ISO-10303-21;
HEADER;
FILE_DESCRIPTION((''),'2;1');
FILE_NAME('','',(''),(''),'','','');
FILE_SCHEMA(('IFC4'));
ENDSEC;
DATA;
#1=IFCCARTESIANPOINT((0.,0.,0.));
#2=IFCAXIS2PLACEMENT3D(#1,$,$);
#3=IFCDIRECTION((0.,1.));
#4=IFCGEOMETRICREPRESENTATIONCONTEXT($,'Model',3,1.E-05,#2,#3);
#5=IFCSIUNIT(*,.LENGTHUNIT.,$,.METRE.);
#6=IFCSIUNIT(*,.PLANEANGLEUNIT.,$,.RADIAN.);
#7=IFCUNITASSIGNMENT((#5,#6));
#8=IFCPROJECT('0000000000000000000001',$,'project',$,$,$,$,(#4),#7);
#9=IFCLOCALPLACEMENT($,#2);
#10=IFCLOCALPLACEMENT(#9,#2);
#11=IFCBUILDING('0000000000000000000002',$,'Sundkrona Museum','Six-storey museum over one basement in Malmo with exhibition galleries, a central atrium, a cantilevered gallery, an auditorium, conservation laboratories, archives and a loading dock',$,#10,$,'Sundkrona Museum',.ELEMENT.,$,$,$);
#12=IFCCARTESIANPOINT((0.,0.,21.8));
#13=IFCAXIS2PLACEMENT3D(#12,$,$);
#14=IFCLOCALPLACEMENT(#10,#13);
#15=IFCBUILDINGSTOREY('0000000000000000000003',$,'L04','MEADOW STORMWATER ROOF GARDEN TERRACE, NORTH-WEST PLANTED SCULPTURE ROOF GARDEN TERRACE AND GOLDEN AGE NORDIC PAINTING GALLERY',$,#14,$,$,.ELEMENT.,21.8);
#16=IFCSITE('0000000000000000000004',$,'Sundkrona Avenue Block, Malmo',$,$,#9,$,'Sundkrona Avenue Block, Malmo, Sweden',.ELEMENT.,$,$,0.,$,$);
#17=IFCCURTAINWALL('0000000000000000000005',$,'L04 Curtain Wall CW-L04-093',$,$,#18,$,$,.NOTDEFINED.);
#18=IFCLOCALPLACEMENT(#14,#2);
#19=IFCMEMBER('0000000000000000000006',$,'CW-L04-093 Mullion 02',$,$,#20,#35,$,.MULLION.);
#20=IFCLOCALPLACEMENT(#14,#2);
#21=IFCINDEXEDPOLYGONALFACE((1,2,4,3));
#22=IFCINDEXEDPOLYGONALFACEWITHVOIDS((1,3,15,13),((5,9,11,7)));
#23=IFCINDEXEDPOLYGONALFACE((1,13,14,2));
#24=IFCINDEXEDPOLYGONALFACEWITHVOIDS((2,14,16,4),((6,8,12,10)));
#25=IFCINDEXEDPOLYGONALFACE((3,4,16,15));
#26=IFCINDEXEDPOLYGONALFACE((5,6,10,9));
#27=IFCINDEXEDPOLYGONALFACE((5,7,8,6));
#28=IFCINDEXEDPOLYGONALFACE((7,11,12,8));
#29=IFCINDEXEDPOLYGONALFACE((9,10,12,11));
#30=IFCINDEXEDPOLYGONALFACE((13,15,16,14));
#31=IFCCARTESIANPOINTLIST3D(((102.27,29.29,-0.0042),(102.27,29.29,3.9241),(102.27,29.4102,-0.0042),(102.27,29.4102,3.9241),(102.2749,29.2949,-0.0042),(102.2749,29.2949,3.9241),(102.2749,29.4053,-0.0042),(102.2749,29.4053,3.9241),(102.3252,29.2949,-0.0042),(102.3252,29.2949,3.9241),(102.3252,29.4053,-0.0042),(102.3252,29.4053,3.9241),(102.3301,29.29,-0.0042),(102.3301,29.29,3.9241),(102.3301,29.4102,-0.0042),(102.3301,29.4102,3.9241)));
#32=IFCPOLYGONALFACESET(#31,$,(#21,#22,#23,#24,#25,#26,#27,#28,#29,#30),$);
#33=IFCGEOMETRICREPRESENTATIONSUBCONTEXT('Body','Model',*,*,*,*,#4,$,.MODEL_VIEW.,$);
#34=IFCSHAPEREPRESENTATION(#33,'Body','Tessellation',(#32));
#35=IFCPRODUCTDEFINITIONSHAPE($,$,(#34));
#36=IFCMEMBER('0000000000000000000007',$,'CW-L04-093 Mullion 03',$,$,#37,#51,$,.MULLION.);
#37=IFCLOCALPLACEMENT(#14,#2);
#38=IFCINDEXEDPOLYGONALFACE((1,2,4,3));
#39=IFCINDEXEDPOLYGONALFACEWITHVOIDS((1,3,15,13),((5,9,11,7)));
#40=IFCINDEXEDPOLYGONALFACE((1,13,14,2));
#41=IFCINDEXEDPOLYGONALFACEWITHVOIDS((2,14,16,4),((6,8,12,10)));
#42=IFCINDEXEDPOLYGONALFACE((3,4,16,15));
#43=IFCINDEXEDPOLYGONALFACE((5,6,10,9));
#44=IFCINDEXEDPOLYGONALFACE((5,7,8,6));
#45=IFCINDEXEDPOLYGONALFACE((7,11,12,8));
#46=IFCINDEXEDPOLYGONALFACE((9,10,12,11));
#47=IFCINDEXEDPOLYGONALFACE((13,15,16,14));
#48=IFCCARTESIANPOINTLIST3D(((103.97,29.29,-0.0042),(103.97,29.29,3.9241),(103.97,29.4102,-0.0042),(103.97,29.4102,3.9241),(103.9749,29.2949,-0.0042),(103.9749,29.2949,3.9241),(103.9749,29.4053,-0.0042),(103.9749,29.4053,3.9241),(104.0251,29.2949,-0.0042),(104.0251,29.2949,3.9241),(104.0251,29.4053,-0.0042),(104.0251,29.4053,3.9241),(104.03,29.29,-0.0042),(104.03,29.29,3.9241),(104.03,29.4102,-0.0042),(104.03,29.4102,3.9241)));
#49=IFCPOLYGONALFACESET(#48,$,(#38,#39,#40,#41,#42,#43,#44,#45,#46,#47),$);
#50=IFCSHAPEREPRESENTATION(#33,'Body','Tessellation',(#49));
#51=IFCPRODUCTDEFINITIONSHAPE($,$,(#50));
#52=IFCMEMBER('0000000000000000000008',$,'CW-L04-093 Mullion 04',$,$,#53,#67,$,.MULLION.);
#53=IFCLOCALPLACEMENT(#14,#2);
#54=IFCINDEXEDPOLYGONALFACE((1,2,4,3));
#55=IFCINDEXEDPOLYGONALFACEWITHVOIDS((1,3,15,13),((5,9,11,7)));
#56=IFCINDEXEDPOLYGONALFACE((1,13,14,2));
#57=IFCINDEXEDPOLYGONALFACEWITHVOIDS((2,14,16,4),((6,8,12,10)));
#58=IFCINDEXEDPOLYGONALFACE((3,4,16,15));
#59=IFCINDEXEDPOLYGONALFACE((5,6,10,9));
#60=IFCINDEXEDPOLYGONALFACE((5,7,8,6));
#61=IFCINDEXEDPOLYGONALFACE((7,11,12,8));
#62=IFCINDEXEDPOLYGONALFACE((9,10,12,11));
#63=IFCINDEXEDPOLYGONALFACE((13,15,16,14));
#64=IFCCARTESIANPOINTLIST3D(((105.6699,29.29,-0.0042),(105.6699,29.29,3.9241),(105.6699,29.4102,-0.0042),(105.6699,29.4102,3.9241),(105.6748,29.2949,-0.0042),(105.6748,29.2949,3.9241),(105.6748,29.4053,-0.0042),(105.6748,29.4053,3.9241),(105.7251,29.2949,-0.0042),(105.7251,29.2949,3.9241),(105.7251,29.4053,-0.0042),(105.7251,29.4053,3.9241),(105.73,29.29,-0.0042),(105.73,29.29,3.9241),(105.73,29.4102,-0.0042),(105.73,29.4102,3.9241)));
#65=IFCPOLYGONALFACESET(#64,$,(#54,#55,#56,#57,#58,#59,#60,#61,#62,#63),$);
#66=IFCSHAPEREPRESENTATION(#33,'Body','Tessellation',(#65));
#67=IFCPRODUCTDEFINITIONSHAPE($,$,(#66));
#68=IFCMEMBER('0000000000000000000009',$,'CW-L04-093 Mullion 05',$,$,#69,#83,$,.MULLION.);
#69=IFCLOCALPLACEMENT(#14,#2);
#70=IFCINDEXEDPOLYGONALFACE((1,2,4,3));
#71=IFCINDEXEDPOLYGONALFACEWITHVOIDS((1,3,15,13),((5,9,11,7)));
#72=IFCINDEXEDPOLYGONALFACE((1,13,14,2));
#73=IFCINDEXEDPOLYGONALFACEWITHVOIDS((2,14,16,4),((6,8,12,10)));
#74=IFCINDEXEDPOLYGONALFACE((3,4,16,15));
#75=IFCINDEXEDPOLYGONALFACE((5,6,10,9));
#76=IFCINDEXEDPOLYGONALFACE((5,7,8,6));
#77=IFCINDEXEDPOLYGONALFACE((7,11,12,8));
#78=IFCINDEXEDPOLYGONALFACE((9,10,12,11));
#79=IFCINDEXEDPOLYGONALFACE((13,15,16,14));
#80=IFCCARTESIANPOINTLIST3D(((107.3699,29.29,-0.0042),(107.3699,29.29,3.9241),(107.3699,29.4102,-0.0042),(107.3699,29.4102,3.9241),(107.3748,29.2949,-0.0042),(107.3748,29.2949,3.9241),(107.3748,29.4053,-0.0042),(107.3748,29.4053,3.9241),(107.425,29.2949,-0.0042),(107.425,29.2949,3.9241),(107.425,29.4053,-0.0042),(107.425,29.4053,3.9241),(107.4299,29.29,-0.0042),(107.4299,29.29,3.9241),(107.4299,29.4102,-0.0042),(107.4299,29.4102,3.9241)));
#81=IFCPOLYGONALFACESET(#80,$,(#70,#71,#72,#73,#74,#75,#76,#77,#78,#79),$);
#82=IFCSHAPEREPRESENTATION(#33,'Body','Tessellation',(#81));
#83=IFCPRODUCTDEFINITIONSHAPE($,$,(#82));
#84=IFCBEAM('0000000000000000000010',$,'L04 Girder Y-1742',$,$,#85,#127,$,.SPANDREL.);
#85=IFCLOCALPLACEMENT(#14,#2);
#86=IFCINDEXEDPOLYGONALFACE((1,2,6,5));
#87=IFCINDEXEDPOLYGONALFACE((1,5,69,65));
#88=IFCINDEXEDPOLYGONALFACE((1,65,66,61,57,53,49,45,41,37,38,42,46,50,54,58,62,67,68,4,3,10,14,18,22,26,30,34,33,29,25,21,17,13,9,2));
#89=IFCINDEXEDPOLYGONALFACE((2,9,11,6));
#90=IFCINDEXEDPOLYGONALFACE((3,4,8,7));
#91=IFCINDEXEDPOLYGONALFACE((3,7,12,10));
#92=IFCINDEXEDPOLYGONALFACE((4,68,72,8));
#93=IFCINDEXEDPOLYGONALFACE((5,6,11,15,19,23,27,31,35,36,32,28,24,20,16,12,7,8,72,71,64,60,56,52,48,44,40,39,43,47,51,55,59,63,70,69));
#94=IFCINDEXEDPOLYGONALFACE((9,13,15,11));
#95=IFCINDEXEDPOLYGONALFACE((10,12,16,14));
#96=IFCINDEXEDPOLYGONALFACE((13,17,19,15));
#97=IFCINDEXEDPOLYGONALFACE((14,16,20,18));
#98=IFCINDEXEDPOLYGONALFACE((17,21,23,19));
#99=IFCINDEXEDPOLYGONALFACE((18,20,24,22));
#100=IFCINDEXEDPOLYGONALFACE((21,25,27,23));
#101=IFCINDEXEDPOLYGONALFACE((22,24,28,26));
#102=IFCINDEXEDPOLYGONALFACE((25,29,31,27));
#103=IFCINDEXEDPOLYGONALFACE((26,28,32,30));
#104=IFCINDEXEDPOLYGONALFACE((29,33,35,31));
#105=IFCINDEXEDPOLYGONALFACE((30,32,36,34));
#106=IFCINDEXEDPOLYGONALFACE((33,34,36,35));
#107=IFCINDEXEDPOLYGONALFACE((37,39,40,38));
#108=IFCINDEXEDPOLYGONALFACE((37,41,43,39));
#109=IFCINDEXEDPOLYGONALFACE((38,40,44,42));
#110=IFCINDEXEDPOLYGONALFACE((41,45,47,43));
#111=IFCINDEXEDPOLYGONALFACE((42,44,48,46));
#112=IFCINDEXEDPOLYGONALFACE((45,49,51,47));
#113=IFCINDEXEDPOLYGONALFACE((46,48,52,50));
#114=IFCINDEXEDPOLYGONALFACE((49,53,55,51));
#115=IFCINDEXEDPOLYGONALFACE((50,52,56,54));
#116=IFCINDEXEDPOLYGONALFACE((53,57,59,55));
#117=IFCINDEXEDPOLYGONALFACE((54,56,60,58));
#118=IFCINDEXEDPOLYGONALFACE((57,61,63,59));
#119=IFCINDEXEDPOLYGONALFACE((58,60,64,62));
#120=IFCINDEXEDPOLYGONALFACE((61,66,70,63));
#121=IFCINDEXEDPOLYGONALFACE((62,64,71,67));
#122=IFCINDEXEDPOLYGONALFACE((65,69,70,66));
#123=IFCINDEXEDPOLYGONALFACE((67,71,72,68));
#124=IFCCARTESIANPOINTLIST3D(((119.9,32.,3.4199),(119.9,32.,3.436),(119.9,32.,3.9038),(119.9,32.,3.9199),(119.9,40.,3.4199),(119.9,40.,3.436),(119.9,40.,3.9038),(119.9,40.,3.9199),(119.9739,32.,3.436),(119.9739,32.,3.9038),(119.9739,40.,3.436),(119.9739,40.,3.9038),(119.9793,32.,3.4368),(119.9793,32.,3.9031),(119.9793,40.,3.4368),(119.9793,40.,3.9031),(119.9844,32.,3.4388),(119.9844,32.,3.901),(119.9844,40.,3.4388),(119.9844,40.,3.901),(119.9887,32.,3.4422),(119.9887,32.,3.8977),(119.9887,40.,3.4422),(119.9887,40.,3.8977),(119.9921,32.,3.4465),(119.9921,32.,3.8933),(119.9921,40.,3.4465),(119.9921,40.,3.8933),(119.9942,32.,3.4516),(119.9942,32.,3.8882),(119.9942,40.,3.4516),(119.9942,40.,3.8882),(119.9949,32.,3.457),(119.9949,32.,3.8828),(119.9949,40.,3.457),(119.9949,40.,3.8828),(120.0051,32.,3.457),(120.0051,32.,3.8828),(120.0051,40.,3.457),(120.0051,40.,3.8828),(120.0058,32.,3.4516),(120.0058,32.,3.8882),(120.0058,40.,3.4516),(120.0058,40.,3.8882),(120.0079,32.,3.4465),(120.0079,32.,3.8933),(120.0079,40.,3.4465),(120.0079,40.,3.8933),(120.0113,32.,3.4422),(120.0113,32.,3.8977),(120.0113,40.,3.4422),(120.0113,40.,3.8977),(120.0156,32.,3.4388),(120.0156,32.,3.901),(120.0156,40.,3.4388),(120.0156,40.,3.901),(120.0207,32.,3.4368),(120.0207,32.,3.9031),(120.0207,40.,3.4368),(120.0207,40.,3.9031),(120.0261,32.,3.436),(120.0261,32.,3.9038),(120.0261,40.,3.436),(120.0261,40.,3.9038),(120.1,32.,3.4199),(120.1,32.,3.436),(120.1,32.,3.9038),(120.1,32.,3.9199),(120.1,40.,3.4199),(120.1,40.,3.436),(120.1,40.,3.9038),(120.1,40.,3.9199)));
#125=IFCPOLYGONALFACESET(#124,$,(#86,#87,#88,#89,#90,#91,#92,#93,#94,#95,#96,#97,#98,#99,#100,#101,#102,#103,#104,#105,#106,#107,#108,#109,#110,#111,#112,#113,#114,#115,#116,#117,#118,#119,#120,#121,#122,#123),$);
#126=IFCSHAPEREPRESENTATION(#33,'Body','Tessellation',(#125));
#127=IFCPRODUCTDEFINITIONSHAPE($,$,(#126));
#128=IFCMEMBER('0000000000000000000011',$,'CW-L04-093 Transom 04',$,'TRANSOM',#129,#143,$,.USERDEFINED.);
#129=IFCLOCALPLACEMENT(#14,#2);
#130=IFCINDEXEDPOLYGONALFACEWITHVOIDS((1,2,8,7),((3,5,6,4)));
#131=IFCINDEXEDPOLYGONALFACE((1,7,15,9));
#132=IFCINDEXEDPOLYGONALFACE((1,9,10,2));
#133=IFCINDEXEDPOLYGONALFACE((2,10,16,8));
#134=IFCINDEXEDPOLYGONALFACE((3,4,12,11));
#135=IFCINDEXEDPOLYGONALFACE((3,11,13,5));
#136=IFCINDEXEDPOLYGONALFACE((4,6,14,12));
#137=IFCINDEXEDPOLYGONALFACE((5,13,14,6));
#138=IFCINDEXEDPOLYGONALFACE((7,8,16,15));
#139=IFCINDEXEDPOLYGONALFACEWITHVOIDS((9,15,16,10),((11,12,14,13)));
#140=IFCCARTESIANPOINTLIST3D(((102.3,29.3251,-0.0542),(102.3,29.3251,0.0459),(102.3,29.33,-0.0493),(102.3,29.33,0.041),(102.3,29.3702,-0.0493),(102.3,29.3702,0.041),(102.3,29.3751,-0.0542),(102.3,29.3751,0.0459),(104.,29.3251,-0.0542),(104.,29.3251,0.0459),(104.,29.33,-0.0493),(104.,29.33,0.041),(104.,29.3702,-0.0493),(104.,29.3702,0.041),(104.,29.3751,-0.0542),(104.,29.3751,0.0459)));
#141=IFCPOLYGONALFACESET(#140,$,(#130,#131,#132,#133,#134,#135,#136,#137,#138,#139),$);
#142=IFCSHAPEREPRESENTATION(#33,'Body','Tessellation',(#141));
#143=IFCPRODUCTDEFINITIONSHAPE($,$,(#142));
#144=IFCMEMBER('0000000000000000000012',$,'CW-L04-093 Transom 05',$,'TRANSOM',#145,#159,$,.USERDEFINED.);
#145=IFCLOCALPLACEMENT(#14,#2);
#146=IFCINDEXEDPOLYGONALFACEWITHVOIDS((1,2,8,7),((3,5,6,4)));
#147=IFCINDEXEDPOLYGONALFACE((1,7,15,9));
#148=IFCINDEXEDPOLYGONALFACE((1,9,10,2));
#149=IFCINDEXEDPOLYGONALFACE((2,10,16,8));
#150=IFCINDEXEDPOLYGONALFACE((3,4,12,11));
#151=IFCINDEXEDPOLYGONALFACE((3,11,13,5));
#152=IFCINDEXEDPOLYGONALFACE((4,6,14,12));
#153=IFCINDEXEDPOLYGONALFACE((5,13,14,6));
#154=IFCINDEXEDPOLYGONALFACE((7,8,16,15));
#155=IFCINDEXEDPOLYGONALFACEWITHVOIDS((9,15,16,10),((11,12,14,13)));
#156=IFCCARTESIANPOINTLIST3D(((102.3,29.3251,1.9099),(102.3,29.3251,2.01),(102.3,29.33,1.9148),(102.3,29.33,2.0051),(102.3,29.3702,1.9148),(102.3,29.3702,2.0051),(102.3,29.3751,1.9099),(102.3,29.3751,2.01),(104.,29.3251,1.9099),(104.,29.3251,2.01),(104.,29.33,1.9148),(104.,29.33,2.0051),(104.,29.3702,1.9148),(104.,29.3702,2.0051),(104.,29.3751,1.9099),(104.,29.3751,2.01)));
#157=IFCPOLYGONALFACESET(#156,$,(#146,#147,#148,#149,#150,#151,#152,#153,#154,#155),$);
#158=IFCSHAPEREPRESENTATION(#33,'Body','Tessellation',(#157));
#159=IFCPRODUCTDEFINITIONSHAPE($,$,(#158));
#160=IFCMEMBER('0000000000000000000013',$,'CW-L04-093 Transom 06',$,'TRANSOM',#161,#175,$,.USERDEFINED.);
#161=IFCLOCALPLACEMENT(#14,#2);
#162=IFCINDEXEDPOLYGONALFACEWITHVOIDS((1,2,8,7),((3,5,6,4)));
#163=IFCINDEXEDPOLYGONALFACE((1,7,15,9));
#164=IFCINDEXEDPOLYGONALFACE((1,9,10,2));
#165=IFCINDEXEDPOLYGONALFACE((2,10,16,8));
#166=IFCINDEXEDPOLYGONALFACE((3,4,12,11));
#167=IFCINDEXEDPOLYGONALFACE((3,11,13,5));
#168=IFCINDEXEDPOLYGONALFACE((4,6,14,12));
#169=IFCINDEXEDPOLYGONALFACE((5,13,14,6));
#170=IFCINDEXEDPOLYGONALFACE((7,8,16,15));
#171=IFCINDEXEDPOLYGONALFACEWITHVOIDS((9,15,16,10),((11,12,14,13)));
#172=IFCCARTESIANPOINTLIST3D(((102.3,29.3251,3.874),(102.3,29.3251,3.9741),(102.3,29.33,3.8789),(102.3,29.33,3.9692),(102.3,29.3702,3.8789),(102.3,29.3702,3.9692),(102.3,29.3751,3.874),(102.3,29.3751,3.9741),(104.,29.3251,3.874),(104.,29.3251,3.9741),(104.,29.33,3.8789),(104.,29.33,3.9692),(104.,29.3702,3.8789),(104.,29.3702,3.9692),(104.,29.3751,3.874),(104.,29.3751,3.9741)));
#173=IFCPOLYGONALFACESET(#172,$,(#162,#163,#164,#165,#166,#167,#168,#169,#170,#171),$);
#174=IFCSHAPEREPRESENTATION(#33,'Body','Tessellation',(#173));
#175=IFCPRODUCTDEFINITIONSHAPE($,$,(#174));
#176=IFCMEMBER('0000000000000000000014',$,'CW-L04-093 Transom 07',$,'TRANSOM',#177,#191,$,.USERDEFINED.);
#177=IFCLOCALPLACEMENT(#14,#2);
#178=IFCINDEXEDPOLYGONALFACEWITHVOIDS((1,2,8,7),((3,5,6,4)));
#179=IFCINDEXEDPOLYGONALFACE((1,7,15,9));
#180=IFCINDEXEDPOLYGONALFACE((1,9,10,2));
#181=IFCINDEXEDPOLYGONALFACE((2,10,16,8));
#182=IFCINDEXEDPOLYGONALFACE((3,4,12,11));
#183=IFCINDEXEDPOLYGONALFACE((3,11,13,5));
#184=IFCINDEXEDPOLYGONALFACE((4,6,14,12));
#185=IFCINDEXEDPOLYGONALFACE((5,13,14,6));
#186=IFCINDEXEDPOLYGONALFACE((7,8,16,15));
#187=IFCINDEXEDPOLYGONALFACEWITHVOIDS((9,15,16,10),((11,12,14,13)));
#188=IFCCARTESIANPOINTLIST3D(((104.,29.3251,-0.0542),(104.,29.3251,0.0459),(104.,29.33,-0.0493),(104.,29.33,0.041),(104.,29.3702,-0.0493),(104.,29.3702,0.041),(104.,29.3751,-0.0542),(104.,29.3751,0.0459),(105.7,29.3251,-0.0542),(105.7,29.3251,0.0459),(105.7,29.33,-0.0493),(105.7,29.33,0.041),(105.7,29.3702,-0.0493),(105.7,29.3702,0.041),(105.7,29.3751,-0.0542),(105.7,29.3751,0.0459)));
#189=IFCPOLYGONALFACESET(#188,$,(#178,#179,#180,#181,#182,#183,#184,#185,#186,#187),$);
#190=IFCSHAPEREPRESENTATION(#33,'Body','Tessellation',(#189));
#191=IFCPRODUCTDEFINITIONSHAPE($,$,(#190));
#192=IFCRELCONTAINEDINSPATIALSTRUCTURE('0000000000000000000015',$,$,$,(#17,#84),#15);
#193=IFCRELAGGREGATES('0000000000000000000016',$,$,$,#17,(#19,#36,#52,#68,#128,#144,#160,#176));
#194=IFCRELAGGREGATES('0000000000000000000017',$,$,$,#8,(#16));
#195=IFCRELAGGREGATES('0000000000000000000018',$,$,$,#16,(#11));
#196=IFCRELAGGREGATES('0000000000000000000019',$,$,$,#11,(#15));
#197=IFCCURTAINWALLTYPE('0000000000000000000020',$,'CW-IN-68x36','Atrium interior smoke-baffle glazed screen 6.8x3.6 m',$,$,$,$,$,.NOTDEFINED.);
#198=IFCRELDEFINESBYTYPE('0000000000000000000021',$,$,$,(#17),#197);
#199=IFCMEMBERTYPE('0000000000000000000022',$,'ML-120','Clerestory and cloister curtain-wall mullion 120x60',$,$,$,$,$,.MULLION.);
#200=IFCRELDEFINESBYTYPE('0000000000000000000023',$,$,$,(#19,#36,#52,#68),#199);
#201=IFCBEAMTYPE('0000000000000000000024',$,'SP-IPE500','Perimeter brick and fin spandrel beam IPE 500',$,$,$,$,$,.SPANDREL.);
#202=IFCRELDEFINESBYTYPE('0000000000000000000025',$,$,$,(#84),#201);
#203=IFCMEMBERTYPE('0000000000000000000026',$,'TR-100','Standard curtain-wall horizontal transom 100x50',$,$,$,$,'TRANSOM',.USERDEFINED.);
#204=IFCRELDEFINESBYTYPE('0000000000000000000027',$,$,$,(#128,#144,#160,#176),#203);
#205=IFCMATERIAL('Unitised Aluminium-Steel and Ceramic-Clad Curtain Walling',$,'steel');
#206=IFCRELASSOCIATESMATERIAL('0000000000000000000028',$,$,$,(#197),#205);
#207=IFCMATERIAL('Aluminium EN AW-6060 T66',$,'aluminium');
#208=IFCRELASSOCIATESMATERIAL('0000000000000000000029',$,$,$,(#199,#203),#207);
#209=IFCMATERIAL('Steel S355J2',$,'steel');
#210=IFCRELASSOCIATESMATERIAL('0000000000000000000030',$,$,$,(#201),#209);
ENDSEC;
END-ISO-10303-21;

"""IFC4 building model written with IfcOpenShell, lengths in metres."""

from ifc_helpers import new_model, si_unit, direction, frame, origin, origin_2d, place, context, subcontext, project, spatial, hollow_rectangle, i_section, extrude, material, material_profile, profile_set, type_object, element, aggregate, save


model = new_model("IFC4")

# Units and contexts
model_context = context("Model", 3, precision=1e-05, world=origin(), true_north=direction((0.0, 1.0)))
body_context = subcontext(model_context, "Body", "Model", "MODEL_VIEW")
ifc_project = project(units=[si_unit("LENGTHUNIT", "METRE"), si_unit("PLANEANGLEUNIT", "RADIAN")], contexts=[model_context])

# Site, building, storey
site_placement = place(None, origin())
site = spatial("IfcSite", under=ifc_project, at=site_placement, Name="Sundkrona Avenue Block, Malmo", LongName="Sundkrona Avenue Block, Malmo, Sweden", CompositionType="ELEMENT", RefElevation=0.0)
building_placement = place(site_placement, origin())
building = spatial("IfcBuilding", under=site, at=building_placement, Name="Sundkrona Museum", Description="Six-storey museum over one basement in Malmo with exhibition galleries, a central atrium, a cantilevered gallery, an auditorium, conservation laboratories, archives and a loading dock", LongName="Sundkrona Museum", CompositionType="ELEMENT")
storey_placement = place(building_placement, frame((0.0, 0.0, 21.8)))
storey = spatial("IfcBuildingStorey", under=building, at=storey_placement, Name="L04", Description="MEADOW STORMWATER ROOF GARDEN TERRACE, NORTH-WEST PLANTED SCULPTURE ROOF GARDEN TERRACE AND GOLDEN AGE NORDIC PAINTING GALLERY", CompositionType="ELEMENT", Elevation=21.8)

# Shared definitions
ifc_material_1 = material(Name="Steel S355J2", Category="steel")

# Curtain wall, members
ifc_material_2 = material(Name="Unitised Aluminium-Steel and Ceramic-Clad Curtain Walling", Category="steel")
curtain_wall_type = type_object("IfcCurtainWallType", Name="CW-IN-68x36", Description="Atrium interior smoke-baffle glazed screen 6.8x3.6 m", PredefinedType="NOTDEFINED", material=ifc_material_2)
curtain_wall_placement = place(storey_placement, origin())
curtain_wall = element("IfcCurtainWall", 1, at=curtain_wall_placement, inside=storey, type_object=curtain_wall_type, Name="L04 Curtain Wall CW-L04-093", PredefinedType="NOTDEFINED")
ifc_material_3 = material(Name="Aluminium EN AW-6060 T66", Category="aluminium")
ifc_material_profile_1 = material_profile(ifc_material_3, hollow_rectangle(XDim=0.0601, YDim=0.1201, WallThickness=0.0049, at=origin_2d()), Name="RHS 120x60x5.0")
ifc_profile_set_1 = profile_set([ifc_material_profile_1], Name="Aluminium EN AW-6060 T66")
member_type_1 = type_object("IfcMemberType", Name="ML-120", Description="Clerestory and cloister curtain-wall mullion 120x60", PredefinedType="MULLION", material=ifc_profile_set_1)
member_1_placement = place(storey_placement, frame((102.3, 29.3501, -0.0042), z_axis=(0.0, 0.0, 1.0), x_axis=(1.0, 0.0, 0.0)))
member_1 = element("IfcMember", 2, at=member_1_placement, type_object=member_type_1, Name="CW-L04-093 Mullion 02", PredefinedType="MULLION", context=body_context, shape_type="SweptSolid", body=[
    extrude(hollow_rectangle(XDim=0.0601, YDim=0.1201, WallThickness=0.0049, at=origin_2d()), origin(), (0.0, 0.0, 1.0), 3.9282),
])
member_2_placement = place(storey_placement, frame((104.0, 29.3501, -0.0042), z_axis=(0.0, 0.0, 1.0), x_axis=(1.0, 0.0, 0.0)))
member_2 = element("IfcMember", 3, at=member_2_placement, type_object=member_type_1, Name="CW-L04-093 Mullion 03", PredefinedType="MULLION", context=body_context, shape_type="SweptSolid", body=[
    extrude(hollow_rectangle(XDim=0.0601, YDim=0.1201, WallThickness=0.0049, at=origin_2d()), origin(), (0.0, 0.0, 1.0), 3.9282),
])
member_3_placement = place(storey_placement, frame((105.7, 29.3501, -0.0042), z_axis=(0.0, 0.0, 1.0), x_axis=(1.0, 0.0, 0.0)))
member_3 = element("IfcMember", 4, at=member_3_placement, type_object=member_type_1, Name="CW-L04-093 Mullion 04", PredefinedType="MULLION", context=body_context, shape_type="SweptSolid", body=[
    extrude(hollow_rectangle(XDim=0.0601, YDim=0.1201, WallThickness=0.0049, at=origin_2d()), origin(), (0.0, 0.0, 1.0), 3.9282),
])
member_4_placement = place(storey_placement, frame((107.3999, 29.3501, -0.0042), z_axis=(0.0, 0.0, 1.0), x_axis=(1.0, 0.0, 0.0)))
member_4 = element("IfcMember", 5, at=member_4_placement, type_object=member_type_1, Name="CW-L04-093 Mullion 05", PredefinedType="MULLION", context=body_context, shape_type="SweptSolid", body=[
    extrude(hollow_rectangle(XDim=0.0601, YDim=0.1201, WallThickness=0.0049, at=origin_2d()), origin(), (0.0, 0.0, 1.0), 3.9282),
])

# Beam
ifc_material_profile_2 = material_profile(ifc_material_1, i_section(OverallWidth=0.2, OverallDepth=0.5, WebThickness=0.0103, FlangeThickness=0.0161, FilletRadius=0.021, at=origin_2d()), Name="IPE 500")
ifc_profile_set_2 = profile_set([ifc_material_profile_2], Name="Steel S355J2")
beam_type_1 = type_object("IfcBeamType", Name="SP-IPE500", Description="Perimeter brick and fin spandrel beam IPE 500", PredefinedType="SPANDREL", material=ifc_profile_set_2)
beam_1_placement = place(storey_placement, frame((120.0, 32.0, 3.6699), z_axis=(0.0, 1.0, 0.0), x_axis=(-1.0, 0.0, 0.0)))
element("IfcBeam", 6, at=beam_1_placement, inside=storey, type_object=beam_type_1, Name="L04 Girder Y-1742", PredefinedType="SPANDREL", context=body_context, shape_type="SweptSolid", body=[
    extrude(i_section(OverallWidth=0.2, OverallDepth=0.5, WebThickness=0.0103, FlangeThickness=0.0161, FilletRadius=0.021, at=origin_2d()), origin(), (0.0, 0.0, 1.0), 8.0),
])

# Members
ifc_material_profile_3 = material_profile(ifc_material_3, hollow_rectangle(XDim=0.05, YDim=0.1001, WallThickness=0.0049, at=origin_2d()), Name="RHS 100x50x5.0")
ifc_profile_set_3 = profile_set([ifc_material_profile_3], Name="Aluminium EN AW-6060 T66")
member_type_2 = type_object("IfcMemberType", Name="TR-100", Description="Standard curtain-wall horizontal transom 100x50", ElementType="TRANSOM", PredefinedType="USERDEFINED", material=ifc_profile_set_3)
member_5_placement = place(storey_placement, frame((102.3, 29.3501, -0.0042), z_axis=(1.0, 0.0, 0.0), x_axis=(0.0, 1.0, 0.0)))
member_5 = element("IfcMember", 7, at=member_5_placement, type_object=member_type_2, Name="CW-L04-093 Transom 04", ObjectType="TRANSOM", PredefinedType="USERDEFINED", context=body_context, shape_type="SweptSolid", body=[
    extrude(hollow_rectangle(XDim=0.05, YDim=0.1001, WallThickness=0.0049, at=origin_2d()), origin(), (0.0, 0.0, 1.0), 1.7),
])
member_6_placement = place(storey_placement, frame((102.3, 29.3501, 1.96), z_axis=(1.0, 0.0, 0.0), x_axis=(0.0, 1.0, 0.0)))
member_6 = element("IfcMember", 8, at=member_6_placement, type_object=member_type_2, Name="CW-L04-093 Transom 05", ObjectType="TRANSOM", PredefinedType="USERDEFINED", context=body_context, shape_type="SweptSolid", body=[
    extrude(hollow_rectangle(XDim=0.05, YDim=0.1001, WallThickness=0.0049, at=origin_2d()), origin(), (0.0, 0.0, 1.0), 1.7),
])
member_7_placement = place(storey_placement, frame((102.3, 29.3501, 3.9241), z_axis=(1.0, 0.0, 0.0), x_axis=(0.0, 1.0, 0.0)))
member_7 = element("IfcMember", 9, at=member_7_placement, type_object=member_type_2, Name="CW-L04-093 Transom 06", ObjectType="TRANSOM", PredefinedType="USERDEFINED", context=body_context, shape_type="SweptSolid", body=[
    extrude(hollow_rectangle(XDim=0.05, YDim=0.1001, WallThickness=0.0049, at=origin_2d()), origin(), (0.0, 0.0, 1.0), 1.7),
])
member_8_placement = place(storey_placement, frame((104.0, 29.3501, -0.0042), z_axis=(1.0, 0.0, 0.0), x_axis=(0.0, 1.0, 0.0)))
member_8 = element("IfcMember", 10, at=member_8_placement, type_object=member_type_2, Name="CW-L04-093 Transom 07", ObjectType="TRANSOM", PredefinedType="USERDEFINED", context=body_context, shape_type="SweptSolid", body=[
    extrude(hollow_rectangle(XDim=0.05, YDim=0.1001, WallThickness=0.0049, at=origin_2d()), origin(), (0.0, 0.0, 1.0), 1.7),
])

aggregate(curtain_wall, [member_1, member_2, member_3, member_4, member_5, member_6, member_7, member_8])

save(model, "model.ifc")
